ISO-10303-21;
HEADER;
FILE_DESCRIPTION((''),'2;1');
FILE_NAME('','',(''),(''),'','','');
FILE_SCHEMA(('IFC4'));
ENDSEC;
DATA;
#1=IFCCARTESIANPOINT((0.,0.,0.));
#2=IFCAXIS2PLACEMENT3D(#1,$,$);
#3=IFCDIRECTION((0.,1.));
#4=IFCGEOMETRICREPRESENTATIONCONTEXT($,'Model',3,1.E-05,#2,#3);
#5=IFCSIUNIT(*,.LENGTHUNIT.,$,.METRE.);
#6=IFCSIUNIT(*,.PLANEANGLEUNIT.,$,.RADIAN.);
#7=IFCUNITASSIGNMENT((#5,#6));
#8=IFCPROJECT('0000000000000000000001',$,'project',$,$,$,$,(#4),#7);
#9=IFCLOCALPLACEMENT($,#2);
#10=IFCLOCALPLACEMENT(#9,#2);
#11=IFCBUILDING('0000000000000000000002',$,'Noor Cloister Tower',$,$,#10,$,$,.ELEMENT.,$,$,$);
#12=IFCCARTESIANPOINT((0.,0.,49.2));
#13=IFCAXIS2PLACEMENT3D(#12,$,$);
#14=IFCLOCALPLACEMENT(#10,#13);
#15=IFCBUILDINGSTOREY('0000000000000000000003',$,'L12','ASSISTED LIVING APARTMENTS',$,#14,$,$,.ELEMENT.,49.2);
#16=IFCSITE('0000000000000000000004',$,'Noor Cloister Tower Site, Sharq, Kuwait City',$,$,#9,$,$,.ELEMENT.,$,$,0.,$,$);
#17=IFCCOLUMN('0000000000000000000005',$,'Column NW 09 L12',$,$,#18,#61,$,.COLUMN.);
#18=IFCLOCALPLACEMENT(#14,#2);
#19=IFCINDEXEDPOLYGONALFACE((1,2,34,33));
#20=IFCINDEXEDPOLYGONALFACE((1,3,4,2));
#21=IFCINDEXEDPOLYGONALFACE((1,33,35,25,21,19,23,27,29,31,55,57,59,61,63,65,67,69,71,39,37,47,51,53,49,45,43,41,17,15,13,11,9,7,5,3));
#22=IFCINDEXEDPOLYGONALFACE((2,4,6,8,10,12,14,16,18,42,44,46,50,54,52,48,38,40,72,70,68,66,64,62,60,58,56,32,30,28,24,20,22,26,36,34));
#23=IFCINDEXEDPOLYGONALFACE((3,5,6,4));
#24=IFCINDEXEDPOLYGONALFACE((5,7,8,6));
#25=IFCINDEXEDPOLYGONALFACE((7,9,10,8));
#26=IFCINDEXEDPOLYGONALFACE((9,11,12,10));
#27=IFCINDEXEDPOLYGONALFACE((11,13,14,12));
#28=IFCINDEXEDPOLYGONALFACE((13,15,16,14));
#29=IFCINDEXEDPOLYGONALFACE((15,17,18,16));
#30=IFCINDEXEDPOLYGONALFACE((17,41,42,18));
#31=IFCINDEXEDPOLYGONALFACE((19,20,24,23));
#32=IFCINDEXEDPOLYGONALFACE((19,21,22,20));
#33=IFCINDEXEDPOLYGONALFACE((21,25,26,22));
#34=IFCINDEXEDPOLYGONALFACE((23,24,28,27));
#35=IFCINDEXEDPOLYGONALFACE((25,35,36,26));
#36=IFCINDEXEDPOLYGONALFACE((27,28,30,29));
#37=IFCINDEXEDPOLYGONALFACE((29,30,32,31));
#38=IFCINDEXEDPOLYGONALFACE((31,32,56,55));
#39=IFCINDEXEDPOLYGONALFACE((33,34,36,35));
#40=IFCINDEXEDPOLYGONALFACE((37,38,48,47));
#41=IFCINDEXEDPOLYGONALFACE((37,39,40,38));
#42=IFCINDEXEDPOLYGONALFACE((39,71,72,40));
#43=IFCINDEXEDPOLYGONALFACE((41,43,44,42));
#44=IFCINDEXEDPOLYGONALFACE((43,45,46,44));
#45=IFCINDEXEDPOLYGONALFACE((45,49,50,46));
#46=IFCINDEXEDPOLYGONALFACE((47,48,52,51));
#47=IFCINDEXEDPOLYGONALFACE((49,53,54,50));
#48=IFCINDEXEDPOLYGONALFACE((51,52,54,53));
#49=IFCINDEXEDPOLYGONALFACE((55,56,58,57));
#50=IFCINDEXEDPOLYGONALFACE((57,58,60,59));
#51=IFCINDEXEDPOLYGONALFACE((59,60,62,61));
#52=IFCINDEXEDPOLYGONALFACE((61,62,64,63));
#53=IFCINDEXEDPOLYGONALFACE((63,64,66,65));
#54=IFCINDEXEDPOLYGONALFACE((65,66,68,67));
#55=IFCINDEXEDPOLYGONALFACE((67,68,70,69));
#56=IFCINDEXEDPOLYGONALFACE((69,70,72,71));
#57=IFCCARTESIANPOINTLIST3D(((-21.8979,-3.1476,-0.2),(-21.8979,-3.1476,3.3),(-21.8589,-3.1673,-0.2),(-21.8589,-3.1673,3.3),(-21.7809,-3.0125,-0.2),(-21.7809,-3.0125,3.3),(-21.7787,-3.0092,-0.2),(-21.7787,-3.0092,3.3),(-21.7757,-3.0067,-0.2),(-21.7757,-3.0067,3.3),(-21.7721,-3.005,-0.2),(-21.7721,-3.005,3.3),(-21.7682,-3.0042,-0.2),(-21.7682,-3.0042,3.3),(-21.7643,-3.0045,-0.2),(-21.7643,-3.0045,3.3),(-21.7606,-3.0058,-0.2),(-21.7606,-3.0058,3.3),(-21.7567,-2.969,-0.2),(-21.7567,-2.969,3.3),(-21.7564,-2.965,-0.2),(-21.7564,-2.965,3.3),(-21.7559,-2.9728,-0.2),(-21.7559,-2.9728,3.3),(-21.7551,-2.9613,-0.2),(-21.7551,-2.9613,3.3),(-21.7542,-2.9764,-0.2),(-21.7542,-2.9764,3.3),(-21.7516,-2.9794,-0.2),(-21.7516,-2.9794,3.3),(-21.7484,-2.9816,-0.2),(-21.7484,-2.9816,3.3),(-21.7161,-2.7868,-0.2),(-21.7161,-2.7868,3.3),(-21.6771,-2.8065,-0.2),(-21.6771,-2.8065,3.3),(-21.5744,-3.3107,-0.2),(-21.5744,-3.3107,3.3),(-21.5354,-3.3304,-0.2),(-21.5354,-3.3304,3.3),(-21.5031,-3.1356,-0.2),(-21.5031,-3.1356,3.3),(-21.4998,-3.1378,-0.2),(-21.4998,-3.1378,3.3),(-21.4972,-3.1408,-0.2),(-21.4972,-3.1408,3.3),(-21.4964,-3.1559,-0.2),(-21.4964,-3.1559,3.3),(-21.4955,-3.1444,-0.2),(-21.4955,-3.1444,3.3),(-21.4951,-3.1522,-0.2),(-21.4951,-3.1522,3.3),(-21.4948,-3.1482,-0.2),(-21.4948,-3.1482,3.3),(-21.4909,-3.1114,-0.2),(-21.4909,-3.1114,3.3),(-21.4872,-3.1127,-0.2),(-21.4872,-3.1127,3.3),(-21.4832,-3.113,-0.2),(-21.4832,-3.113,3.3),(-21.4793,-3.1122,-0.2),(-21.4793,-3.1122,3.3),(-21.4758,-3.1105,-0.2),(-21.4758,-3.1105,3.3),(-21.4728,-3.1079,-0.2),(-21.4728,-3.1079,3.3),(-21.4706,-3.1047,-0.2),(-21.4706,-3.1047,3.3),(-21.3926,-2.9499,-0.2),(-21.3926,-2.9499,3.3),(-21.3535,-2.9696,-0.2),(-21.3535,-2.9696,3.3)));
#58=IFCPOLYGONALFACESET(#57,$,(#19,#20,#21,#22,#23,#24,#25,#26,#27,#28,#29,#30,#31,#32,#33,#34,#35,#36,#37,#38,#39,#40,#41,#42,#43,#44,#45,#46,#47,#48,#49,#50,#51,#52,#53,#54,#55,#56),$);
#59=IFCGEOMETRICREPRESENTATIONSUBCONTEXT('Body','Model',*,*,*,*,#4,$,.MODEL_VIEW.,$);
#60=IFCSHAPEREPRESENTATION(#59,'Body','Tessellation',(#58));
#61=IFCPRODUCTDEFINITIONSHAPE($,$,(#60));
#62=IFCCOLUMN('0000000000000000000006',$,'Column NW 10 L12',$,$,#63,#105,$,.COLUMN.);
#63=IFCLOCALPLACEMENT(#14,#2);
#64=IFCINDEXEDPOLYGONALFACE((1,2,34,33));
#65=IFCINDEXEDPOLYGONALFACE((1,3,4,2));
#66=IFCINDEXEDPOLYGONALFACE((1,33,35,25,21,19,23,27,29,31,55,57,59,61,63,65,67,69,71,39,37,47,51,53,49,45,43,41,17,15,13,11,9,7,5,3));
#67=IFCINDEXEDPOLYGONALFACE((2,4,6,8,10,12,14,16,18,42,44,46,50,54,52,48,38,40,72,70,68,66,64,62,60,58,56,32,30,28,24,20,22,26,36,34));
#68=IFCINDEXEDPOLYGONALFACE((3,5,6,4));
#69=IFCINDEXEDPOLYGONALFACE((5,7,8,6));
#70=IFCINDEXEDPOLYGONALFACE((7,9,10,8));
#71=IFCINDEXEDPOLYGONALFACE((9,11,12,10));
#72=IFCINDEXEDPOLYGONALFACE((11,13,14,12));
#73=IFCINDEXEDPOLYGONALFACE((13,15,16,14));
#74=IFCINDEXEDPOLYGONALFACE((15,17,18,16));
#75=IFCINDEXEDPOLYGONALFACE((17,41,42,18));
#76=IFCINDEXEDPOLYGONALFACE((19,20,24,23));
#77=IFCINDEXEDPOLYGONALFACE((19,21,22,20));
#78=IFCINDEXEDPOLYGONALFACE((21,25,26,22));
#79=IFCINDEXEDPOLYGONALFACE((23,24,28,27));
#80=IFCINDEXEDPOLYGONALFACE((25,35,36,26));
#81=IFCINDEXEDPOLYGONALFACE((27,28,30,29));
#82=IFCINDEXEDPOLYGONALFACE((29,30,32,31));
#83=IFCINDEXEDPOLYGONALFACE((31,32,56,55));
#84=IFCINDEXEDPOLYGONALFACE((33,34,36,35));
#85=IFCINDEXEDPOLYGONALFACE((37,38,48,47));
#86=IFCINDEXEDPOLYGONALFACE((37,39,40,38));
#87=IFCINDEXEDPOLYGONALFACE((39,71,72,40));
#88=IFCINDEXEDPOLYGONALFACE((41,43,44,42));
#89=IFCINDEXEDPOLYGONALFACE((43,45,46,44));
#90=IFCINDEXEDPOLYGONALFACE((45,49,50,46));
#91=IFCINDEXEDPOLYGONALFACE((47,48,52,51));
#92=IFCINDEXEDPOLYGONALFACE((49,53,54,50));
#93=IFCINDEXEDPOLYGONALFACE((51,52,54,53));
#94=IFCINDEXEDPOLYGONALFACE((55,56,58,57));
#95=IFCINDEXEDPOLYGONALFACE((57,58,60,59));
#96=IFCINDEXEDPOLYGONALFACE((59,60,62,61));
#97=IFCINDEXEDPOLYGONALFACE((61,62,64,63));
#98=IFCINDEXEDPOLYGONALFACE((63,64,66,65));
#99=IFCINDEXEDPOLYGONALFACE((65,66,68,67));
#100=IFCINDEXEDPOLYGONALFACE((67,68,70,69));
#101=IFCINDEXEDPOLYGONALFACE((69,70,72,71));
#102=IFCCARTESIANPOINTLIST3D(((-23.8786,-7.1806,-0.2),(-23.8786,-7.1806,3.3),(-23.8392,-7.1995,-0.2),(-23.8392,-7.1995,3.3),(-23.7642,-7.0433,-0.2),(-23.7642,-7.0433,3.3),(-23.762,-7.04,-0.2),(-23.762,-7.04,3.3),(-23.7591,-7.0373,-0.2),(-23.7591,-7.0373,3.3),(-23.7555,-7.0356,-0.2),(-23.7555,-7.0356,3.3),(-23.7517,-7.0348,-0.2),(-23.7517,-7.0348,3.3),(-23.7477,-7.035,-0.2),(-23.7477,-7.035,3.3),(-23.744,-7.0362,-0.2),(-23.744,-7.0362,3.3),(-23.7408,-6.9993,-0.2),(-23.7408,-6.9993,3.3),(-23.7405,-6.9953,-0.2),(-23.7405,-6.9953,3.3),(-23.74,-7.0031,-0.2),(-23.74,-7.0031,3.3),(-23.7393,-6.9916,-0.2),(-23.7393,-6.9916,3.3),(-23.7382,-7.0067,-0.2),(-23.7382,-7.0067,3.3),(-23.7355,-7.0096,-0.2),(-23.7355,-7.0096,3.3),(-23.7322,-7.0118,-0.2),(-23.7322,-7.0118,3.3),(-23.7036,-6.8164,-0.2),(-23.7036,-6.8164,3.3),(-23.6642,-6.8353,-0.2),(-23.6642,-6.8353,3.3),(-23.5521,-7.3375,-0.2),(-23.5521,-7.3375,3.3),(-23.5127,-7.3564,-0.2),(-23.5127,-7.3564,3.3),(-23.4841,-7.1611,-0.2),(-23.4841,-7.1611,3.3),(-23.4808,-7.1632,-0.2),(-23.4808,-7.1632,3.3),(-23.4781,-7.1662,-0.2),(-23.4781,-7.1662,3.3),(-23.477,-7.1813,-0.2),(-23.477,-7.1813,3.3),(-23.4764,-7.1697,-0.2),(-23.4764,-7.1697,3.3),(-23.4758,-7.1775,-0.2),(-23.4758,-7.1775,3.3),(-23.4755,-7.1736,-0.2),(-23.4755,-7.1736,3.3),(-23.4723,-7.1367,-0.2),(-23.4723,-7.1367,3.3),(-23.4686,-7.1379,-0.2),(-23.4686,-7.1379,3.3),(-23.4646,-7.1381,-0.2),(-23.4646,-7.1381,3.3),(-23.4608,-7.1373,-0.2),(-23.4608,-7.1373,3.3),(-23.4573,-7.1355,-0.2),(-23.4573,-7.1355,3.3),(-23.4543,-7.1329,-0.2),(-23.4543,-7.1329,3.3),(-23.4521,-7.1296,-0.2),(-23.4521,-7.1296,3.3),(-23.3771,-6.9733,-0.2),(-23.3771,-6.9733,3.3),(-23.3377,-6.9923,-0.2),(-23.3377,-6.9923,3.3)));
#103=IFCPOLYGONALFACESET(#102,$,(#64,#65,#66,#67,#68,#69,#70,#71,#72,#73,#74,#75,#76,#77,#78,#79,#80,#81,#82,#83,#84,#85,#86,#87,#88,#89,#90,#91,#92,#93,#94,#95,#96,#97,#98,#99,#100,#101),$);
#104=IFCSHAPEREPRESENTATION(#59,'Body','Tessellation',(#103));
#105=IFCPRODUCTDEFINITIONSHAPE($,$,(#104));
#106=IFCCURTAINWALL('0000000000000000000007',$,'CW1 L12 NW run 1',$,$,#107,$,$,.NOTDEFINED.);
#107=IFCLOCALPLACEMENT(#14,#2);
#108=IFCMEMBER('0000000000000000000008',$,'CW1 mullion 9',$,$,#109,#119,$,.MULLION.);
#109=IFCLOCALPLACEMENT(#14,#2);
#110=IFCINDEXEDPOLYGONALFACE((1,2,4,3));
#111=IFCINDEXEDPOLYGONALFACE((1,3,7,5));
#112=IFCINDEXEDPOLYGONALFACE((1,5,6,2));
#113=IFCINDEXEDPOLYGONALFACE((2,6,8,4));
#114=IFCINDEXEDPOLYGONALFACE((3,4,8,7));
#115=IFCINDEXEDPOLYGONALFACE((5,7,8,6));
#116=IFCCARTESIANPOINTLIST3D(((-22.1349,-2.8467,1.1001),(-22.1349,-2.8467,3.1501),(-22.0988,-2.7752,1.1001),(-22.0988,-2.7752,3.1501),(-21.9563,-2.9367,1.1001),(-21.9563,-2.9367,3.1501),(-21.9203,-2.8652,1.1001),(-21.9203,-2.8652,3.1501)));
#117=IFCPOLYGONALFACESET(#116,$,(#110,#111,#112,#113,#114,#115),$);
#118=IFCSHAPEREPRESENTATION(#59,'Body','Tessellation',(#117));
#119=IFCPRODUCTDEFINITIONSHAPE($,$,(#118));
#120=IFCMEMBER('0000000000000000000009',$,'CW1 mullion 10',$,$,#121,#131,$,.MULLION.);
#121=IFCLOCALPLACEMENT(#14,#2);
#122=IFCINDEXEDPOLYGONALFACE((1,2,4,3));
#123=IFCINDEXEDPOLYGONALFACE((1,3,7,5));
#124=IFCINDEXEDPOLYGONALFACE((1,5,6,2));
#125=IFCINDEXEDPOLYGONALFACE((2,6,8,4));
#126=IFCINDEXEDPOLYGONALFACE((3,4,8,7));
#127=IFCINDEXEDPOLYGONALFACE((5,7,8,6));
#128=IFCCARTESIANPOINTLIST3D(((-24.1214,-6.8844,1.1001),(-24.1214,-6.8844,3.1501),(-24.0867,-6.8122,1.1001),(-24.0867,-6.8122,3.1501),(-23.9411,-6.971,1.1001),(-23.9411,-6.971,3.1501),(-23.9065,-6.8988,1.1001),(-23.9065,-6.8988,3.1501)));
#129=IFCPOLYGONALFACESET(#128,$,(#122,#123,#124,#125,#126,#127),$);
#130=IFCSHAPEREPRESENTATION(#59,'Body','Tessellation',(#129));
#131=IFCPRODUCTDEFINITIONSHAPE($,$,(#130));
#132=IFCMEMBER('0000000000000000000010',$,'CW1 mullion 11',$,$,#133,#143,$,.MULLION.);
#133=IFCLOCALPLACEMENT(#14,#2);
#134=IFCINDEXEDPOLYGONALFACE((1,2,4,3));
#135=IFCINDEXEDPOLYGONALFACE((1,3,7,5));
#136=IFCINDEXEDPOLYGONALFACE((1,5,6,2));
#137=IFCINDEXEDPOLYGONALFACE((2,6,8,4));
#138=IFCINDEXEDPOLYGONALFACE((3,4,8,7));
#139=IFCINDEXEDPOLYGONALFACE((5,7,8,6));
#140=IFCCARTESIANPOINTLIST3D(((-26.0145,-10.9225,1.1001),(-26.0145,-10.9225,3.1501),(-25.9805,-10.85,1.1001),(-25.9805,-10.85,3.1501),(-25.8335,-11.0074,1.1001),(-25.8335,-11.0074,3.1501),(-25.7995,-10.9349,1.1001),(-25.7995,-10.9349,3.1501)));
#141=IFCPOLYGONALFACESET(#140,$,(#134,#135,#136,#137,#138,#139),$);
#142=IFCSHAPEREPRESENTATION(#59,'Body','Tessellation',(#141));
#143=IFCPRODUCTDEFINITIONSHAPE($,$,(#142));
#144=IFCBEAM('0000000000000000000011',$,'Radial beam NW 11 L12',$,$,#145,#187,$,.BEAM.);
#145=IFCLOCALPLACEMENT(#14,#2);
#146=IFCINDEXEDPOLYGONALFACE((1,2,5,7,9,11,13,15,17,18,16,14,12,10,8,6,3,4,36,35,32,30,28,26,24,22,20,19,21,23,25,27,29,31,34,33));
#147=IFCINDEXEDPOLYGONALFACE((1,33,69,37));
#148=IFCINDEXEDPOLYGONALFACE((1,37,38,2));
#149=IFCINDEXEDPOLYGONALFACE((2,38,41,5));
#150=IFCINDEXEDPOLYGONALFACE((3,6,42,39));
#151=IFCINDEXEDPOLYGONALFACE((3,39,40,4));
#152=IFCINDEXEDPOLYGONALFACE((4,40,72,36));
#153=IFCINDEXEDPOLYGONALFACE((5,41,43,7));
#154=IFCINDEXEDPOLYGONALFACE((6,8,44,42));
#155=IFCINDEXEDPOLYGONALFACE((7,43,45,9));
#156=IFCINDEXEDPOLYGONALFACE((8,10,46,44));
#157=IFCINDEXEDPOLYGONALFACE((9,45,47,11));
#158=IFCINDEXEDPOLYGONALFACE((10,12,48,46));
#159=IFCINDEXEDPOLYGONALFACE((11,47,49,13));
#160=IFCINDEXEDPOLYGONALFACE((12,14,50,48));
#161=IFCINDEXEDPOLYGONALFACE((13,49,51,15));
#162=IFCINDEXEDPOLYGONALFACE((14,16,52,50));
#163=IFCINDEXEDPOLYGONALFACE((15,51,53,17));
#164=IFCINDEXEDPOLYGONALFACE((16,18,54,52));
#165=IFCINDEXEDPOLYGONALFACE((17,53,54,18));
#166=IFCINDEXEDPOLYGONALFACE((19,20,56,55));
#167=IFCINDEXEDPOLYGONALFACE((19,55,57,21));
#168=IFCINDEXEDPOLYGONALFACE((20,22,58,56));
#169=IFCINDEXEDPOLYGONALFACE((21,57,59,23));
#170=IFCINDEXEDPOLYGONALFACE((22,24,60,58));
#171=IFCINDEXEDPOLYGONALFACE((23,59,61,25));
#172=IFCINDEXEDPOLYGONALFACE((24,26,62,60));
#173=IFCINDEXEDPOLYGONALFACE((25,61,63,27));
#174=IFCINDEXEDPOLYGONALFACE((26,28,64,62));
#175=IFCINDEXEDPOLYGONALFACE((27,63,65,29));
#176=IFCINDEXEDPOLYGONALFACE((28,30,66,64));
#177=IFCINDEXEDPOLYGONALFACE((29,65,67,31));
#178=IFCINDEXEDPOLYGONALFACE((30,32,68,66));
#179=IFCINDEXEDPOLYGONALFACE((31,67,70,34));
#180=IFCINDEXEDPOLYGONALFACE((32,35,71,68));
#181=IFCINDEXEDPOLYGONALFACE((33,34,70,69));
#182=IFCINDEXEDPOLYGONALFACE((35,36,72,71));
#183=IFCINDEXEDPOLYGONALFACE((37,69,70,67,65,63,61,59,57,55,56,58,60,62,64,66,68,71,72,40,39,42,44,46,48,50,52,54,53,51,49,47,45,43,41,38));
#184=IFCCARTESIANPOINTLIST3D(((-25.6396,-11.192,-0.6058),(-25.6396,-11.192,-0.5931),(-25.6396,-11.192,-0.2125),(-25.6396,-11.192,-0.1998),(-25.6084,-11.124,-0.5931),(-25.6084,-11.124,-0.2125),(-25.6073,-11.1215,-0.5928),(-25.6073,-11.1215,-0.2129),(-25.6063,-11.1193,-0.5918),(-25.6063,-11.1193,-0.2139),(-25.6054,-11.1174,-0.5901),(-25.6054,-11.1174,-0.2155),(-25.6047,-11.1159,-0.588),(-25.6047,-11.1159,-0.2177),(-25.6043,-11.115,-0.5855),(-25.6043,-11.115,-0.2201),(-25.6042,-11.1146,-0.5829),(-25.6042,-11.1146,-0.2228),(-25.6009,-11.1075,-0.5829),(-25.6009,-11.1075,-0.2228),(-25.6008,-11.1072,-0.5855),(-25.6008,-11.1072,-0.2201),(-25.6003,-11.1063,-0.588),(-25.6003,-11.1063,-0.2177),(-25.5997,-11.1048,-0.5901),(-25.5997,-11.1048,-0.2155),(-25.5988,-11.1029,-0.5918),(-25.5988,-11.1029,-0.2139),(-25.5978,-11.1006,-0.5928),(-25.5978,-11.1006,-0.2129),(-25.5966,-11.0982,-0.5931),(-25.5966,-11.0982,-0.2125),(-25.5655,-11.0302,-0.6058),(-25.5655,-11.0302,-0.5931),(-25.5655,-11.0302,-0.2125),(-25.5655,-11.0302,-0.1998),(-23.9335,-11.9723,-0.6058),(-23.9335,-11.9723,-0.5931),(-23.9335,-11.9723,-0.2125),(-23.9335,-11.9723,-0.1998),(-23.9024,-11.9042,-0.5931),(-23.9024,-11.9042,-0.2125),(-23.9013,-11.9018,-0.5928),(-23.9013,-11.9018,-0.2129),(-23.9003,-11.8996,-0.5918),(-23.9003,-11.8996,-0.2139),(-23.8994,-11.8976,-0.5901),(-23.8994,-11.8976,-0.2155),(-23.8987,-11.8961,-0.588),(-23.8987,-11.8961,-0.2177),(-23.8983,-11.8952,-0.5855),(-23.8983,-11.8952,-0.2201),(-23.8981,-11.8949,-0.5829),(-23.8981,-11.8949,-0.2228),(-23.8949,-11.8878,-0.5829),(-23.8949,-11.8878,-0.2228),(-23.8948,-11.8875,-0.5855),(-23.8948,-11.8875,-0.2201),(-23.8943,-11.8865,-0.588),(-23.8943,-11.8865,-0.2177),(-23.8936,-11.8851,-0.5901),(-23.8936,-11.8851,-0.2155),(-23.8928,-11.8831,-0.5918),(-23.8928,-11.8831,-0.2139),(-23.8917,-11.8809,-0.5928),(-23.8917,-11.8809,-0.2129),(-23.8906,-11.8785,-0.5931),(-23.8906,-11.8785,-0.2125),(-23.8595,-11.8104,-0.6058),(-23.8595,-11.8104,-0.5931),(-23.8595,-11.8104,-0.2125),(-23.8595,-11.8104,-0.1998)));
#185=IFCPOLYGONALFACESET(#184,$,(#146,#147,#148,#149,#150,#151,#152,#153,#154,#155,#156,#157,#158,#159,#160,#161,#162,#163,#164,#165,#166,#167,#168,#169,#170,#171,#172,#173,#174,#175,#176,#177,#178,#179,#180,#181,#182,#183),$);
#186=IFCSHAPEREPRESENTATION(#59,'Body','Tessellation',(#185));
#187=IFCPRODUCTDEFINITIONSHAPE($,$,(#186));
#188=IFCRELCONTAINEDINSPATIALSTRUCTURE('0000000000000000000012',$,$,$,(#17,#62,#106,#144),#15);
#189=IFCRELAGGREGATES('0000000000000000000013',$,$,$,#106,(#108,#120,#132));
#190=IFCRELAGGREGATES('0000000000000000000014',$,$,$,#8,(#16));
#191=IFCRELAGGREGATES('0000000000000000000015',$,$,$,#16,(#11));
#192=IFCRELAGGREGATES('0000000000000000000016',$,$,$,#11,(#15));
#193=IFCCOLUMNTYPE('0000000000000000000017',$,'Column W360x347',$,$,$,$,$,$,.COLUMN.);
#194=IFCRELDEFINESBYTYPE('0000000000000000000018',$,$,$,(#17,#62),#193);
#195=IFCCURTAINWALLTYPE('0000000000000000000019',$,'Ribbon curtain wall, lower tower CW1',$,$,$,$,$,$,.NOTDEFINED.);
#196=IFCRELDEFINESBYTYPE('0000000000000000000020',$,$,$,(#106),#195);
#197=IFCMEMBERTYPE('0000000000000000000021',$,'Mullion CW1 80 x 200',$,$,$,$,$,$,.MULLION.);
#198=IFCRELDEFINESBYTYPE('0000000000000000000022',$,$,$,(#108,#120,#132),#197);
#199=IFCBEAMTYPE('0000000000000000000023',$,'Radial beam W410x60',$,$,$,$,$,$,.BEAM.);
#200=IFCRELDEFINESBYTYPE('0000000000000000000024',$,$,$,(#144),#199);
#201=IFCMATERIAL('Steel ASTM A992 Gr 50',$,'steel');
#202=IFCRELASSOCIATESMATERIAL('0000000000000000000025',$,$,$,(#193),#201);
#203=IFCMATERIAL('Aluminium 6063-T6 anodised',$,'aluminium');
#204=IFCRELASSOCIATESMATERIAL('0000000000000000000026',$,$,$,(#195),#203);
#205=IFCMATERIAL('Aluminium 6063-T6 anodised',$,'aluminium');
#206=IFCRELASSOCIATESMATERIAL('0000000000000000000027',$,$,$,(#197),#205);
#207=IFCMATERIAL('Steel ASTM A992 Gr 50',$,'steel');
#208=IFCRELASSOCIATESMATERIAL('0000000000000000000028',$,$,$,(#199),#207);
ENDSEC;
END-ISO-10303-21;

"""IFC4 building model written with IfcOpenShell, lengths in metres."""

from ifc_helpers import new_model, si_unit, direction, frame, origin, origin_2d, place, context, subcontext, project, spatial, rectangle, i_section, extrude, material, material_profile, profile_set, type_object, element, aggregate, save


model = new_model("IFC4")

# Units and contexts
model_context = context("Model", 3, precision=1e-05, world=origin(), true_north=direction((0.0, 1.0)))
body_context = subcontext(model_context, "Body", "Model", "MODEL_VIEW")
ifc_project = project(units=[si_unit("LENGTHUNIT", "METRE"), si_unit("PLANEANGLEUNIT", "RADIAN")], contexts=[model_context])

# Site, building, storey
site_placement = place(None, origin())
site = spatial("IfcSite", under=ifc_project, at=site_placement, Name="Noor Cloister Tower Site, Sharq, Kuwait City", CompositionType="ELEMENT", RefElevation=0.0)
building_placement = place(site_placement, origin())
building = spatial("IfcBuilding", under=site, at=building_placement, Name="Noor Cloister Tower", CompositionType="ELEMENT")
storey_placement = place(building_placement, frame((0.0, 0.0, 49.2)))
storey = spatial("IfcBuildingStorey", under=building, at=storey_placement, Name="L12", Description="ASSISTED LIVING APARTMENTS", CompositionType="ELEMENT", Elevation=49.2)

# Columns
ifc_material_1 = material(Name="Steel ASTM A992 Gr 50", Category="steel")
ifc_material_profile_1 = material_profile(ifc_material_1, i_section(OverallWidth=0.4041, OverallDepth=0.406, WebThickness=0.0271, FlangeThickness=0.0437, FilletRadius=0.0151, at=origin_2d()), Name="W360x347")
ifc_profile_set_1 = profile_set([ifc_material_profile_1], Name="Steel ASTM A992 Gr 50")
column_type = type_object("IfcColumnType", Name="Column W360x347", PredefinedType="COLUMN", material=ifc_profile_set_1)
for number, where, z_axis, x_axis, name in (
    (1, (-21.6257, -3.0586, -0.2), (0.0, 0.0, 1.0), (-0.450077, -0.89299, 0.0), "Column NW 09 L12"),
    (2, (-23.6082, -7.0864, -0.2), (0.0, 0.0, 1.0), (-0.433105, -0.901343, 0.0), "Column NW 10 L12"),
):
    element("IfcColumn", number, at=place(storey_placement, frame(where, z_axis=z_axis, x_axis=x_axis)), inside=storey, type_object=column_type, Name=name, PredefinedType="COLUMN", context=body_context, shape_type="SweptSolid", body=[
        extrude(i_section(OverallWidth=0.4041, OverallDepth=0.406, WebThickness=0.0271, FlangeThickness=0.0437, FilletRadius=0.0151, at=origin_2d()), origin(), (0.0, 0.0, 1.0), 3.5),
    ])

# Curtain wall, members
ifc_material_2 = material(Name="Aluminium 6063-T6 anodised", Category="aluminium")
curtain_wall_type = type_object("IfcCurtainWallType", Name="Ribbon curtain wall, lower tower CW1", PredefinedType="NOTDEFINED", material=ifc_material_2)
curtain_wall_placement = place(storey_placement, origin())
curtain_wall = element("IfcCurtainWall", 3, at=curtain_wall_placement, inside=storey, type_object=curtain_wall_type, Name="CW1 L12 NW run 1", PredefinedType="NOTDEFINED")
ifc_material_3 = material(Name="Aluminium 6063-T6 anodised", Category="aluminium")
ifc_material_profile_2 = material_profile(ifc_material_3, rectangle(XDim=0.2, YDim=0.0801, at=origin_2d()), Name="200 x 80 mullion")
ifc_profile_set_2 = profile_set([ifc_material_profile_2], Name="Aluminium 6063-T6 anodised")
member_type = type_object("IfcMemberType", Name="Mullion CW1 80 x 200", PredefinedType="MULLION", material=ifc_profile_set_2)
member_1_placement = place(storey_placement, frame((-22.0276, -2.856, 1.1001), z_axis=(0.0, 0.0, 1.0), x_axis=(0.89299, -0.450077, 0.0)))
member_1 = element("IfcMember", 4, at=member_1_placement, type_object=member_type, Name="CW1 mullion 9", PredefinedType="MULLION", context=body_context, shape_type="SweptSolid", body=[
    extrude(rectangle(XDim=0.2, YDim=0.0801, at=origin_2d()), origin(), (0.0, 0.0, 1.0), 2.05),
])
member_2_placement = place(storey_placement, frame((-24.0139, -6.8916, 1.1001), z_axis=(0.0, 0.0, 1.0), x_axis=(0.901343, -0.433105, 0.0)))
member_2 = element("IfcMember", 5, at=member_2_placement, type_object=member_type, Name="CW1 mullion 10", PredefinedType="MULLION", context=body_context, shape_type="SweptSolid", body=[
    extrude(rectangle(XDim=0.2, YDim=0.0801, at=origin_2d()), origin(), (0.0, 0.0, 1.0), 2.05),
])
member_3_placement = place(storey_placement, frame((-25.907, -10.9287, 1.1001), z_axis=(0.0, 0.0, 1.0), x_axis=(0.905399, -0.424561, 0.0)))
member_3 = element("IfcMember", 6, at=member_3_placement, type_object=member_type, Name="CW1 mullion 11", PredefinedType="MULLION", context=body_context, shape_type="SweptSolid", body=[
    extrude(rectangle(XDim=0.2, YDim=0.0801, at=origin_2d()), origin(), (0.0, 0.0, 1.0), 2.05),
])

# Beam
ifc_material_4 = material(Name="Steel ASTM A992 Gr 50", Category="steel")
ifc_material_profile_3 = material_profile(ifc_material_4, i_section(OverallWidth=0.178, OverallDepth=0.406, WebThickness=0.0078, FlangeThickness=0.0127, FilletRadius=0.0103, at=origin_2d()), Name="W410x60")
ifc_profile_set_3 = profile_set([ifc_material_profile_3], Name="Steel ASTM A992 Gr 50")
beam_type_1 = type_object("IfcBeamType", Name="Radial beam W410x60", PredefinedType="BEAM", material=ifc_profile_set_3)
beam_1_placement = place(storey_placement, frame((-25.6025, -11.1111, -0.4028), z_axis=(0.909401, -0.41592, 0.0), x_axis=(0.41592, 0.909401, 0.0)))
element("IfcBeam", 7, at=beam_1_placement, inside=storey, type_object=beam_type_1, Name="Radial beam NW 11 L12", PredefinedType="BEAM", context=body_context, shape_type="SweptSolid", body=[
    extrude(i_section(OverallWidth=0.178, OverallDepth=0.406, WebThickness=0.0078, FlangeThickness=0.0127, FilletRadius=0.0103, at=origin_2d()), origin(), (0.0, 0.0, 1.0), 1.876),
])

aggregate(curtain_wall, [member_1, member_2, member_3])

save(model, "model.ifc")
